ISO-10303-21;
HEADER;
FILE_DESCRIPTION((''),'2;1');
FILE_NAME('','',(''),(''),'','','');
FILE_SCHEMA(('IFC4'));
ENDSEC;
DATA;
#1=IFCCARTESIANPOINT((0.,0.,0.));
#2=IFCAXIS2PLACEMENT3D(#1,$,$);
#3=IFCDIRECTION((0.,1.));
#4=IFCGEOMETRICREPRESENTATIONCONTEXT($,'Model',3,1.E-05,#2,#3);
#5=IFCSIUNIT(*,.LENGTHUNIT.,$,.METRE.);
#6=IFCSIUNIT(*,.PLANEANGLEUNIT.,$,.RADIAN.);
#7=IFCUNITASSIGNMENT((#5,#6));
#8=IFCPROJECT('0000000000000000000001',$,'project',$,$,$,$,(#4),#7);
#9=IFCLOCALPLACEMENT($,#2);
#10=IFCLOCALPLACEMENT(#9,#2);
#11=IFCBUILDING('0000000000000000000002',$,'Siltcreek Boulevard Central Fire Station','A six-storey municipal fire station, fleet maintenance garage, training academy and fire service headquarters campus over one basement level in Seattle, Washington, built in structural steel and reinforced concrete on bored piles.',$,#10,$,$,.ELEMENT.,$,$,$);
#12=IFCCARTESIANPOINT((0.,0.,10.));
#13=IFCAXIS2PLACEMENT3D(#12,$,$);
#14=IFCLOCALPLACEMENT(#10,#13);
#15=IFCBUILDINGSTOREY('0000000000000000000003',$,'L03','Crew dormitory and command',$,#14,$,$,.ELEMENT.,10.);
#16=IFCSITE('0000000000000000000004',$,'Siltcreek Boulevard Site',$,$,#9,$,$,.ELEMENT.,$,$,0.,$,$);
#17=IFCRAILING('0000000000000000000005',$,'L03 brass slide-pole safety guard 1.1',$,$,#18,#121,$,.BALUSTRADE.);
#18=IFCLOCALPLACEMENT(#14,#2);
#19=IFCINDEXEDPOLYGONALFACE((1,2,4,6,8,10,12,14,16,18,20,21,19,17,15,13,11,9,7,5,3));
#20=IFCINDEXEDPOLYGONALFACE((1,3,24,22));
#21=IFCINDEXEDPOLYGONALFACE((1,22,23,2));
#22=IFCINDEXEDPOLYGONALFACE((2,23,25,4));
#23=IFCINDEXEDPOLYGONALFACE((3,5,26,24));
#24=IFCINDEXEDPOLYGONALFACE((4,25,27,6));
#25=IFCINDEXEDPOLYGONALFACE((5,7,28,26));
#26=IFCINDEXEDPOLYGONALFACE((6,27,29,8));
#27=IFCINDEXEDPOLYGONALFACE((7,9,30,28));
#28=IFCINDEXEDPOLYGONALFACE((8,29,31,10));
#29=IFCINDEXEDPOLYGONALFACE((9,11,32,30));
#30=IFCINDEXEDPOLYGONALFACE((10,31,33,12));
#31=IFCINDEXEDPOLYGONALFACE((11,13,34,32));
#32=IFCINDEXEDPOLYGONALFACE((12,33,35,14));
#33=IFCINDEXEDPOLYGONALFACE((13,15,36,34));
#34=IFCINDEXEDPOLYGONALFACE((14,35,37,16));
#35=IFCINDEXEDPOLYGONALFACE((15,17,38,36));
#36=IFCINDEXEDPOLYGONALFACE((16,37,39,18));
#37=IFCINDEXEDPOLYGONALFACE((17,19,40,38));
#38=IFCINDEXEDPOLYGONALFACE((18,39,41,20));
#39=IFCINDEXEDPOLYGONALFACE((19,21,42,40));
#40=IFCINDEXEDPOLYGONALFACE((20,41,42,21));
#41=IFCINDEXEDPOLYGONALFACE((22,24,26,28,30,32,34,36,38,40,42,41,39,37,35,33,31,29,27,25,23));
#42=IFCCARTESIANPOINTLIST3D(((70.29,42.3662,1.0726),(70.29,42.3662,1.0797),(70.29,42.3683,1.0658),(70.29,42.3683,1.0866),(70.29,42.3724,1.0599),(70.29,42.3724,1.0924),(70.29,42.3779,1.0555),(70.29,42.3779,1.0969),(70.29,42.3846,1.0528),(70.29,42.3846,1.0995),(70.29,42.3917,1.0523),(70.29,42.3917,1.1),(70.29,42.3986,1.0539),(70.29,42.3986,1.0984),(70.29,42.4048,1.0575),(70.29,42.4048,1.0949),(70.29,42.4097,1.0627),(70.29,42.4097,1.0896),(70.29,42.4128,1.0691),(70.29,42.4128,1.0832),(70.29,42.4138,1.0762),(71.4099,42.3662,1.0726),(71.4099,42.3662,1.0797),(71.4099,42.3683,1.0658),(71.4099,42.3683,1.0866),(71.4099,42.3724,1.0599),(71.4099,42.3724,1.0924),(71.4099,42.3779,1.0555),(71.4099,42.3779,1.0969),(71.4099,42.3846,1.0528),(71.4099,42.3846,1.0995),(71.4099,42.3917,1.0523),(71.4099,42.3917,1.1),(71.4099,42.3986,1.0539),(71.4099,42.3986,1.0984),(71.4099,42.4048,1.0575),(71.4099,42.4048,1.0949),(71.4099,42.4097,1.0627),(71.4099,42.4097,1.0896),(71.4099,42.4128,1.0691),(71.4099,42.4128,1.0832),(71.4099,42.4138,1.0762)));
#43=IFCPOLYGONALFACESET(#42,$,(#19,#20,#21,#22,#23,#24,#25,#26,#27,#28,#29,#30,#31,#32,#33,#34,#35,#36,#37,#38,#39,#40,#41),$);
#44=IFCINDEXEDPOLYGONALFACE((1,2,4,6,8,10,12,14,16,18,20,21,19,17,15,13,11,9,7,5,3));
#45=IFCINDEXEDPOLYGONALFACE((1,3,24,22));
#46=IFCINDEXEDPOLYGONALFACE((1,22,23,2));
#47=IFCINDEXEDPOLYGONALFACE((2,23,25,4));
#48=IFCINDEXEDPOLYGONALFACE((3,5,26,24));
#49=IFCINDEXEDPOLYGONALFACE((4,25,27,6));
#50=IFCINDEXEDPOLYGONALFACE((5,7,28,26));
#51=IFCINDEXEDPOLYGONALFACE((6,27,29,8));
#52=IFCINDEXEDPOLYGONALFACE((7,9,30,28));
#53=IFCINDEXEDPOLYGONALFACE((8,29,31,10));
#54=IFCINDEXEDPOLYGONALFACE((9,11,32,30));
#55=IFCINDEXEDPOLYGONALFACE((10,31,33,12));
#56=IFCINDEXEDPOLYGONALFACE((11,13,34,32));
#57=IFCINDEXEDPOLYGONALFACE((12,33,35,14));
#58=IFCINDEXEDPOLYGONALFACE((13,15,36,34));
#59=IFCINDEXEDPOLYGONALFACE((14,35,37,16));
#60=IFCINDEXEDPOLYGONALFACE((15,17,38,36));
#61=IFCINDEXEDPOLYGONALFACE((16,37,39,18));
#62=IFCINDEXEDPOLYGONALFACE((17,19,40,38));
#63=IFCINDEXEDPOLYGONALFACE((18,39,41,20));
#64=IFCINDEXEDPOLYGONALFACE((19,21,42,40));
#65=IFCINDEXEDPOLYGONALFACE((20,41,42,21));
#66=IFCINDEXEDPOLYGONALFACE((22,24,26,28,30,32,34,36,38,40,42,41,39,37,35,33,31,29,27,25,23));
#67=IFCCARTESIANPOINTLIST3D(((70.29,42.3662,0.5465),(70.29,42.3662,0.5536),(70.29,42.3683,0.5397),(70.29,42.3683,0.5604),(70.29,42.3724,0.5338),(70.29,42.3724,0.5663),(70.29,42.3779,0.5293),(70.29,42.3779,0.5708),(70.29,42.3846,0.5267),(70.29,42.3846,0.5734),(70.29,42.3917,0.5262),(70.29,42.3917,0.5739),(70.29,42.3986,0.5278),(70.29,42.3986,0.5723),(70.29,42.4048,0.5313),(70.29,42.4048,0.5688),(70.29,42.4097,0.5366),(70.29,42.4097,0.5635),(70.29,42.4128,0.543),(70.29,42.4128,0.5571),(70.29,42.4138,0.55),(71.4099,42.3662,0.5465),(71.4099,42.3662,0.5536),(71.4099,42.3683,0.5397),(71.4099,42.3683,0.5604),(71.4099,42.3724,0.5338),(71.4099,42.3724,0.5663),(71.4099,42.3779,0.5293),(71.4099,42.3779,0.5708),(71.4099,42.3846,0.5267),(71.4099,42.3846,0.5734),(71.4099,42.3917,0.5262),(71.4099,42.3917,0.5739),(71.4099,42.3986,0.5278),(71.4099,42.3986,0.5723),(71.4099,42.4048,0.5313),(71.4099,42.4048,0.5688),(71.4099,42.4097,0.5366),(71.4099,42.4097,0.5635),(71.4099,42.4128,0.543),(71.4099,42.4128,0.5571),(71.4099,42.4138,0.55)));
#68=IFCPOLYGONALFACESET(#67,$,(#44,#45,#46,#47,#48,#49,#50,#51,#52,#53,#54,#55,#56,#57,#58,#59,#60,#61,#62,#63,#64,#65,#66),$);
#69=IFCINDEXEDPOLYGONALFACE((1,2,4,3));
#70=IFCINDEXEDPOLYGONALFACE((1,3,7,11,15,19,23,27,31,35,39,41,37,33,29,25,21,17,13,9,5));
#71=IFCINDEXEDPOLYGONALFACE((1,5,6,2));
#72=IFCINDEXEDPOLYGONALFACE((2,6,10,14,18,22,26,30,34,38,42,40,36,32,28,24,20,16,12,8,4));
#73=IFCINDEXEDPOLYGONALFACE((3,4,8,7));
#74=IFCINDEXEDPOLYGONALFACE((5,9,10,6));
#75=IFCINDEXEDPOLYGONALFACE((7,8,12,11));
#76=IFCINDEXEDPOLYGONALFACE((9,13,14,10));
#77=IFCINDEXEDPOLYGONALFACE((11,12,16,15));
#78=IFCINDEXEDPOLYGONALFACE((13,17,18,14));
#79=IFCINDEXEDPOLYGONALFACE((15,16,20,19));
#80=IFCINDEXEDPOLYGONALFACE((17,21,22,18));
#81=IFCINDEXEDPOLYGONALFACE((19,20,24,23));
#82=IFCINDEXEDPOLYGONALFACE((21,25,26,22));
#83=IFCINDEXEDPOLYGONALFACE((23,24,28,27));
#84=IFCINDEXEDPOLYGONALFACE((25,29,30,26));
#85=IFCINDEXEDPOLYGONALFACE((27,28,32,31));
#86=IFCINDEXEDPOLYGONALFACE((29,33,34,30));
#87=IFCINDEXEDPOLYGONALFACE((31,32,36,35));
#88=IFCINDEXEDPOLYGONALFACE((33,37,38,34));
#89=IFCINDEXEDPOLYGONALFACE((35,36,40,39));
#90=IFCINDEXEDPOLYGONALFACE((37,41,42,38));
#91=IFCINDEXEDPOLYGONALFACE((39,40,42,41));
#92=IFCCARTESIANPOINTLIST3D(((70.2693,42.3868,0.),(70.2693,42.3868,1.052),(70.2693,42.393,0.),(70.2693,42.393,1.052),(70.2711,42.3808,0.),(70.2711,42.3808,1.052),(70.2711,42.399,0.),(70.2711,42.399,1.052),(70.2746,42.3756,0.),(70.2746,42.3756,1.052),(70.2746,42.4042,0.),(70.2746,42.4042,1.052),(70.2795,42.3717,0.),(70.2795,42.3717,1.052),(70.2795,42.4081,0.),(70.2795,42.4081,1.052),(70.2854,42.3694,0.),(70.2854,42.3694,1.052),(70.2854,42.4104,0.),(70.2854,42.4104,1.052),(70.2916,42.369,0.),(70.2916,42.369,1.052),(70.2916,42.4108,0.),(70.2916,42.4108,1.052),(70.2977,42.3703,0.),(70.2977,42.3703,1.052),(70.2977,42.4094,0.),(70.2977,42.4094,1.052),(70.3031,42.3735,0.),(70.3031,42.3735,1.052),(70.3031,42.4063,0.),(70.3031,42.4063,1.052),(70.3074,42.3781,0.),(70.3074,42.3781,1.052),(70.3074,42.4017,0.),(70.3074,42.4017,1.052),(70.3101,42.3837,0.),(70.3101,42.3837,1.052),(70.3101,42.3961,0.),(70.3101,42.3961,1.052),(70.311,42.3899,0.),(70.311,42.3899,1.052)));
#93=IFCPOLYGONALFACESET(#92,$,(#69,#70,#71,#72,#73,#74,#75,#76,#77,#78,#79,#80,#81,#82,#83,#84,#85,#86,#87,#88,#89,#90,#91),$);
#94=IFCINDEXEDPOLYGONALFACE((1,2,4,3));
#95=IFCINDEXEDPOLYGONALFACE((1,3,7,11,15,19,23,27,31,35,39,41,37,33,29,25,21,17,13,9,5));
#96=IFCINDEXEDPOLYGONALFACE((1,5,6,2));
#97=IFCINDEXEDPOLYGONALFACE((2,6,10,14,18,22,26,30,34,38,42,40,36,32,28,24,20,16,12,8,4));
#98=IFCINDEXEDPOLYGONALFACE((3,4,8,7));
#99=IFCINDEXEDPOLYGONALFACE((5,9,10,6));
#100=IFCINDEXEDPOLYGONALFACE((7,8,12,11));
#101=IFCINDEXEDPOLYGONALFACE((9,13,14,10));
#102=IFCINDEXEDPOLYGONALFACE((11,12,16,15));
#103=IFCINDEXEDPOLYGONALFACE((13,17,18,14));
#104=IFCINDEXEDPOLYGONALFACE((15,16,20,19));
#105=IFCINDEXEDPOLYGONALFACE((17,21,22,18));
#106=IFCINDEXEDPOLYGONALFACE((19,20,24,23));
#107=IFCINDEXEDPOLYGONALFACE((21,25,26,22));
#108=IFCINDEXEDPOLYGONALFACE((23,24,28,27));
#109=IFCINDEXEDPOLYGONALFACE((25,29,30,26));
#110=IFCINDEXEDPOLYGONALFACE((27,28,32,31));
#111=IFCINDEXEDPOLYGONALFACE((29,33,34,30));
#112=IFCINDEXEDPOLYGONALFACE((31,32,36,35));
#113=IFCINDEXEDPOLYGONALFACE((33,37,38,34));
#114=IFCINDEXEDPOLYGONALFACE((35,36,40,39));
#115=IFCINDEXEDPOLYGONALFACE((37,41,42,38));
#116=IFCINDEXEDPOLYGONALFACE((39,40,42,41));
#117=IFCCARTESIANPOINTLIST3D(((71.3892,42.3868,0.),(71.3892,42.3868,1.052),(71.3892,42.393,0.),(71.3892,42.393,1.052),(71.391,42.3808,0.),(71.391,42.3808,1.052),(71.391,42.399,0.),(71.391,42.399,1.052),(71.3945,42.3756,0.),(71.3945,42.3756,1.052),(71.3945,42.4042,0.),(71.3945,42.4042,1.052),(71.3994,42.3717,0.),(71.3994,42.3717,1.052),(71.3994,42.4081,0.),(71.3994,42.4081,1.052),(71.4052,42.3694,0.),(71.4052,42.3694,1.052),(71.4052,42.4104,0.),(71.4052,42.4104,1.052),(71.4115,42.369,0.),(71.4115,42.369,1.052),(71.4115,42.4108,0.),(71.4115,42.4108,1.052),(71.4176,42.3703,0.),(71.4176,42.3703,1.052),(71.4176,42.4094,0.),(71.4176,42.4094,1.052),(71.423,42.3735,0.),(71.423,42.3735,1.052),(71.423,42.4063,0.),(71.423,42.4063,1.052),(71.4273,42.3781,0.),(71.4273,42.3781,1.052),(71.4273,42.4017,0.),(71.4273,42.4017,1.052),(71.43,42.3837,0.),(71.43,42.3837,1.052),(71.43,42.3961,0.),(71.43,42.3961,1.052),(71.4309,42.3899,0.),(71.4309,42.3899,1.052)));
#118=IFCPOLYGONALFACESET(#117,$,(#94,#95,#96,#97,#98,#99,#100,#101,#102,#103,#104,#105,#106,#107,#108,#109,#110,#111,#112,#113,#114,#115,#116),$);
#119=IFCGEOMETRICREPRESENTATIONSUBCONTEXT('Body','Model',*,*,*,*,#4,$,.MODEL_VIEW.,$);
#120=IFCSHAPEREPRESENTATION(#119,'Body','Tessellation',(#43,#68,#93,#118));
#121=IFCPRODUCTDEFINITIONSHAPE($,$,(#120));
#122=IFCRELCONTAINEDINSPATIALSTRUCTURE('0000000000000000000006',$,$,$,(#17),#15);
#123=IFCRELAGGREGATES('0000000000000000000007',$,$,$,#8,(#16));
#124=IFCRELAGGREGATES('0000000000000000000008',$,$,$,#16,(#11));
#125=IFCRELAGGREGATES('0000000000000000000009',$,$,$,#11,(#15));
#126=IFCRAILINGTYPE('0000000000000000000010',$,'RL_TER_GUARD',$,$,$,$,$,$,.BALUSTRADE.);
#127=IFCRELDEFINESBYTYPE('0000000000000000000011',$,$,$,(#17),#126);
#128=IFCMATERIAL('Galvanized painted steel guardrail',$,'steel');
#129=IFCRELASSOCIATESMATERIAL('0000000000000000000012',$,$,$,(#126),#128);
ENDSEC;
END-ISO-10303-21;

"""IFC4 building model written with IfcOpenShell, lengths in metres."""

from ifc_helpers import new_model, si_unit, direction, frame, origin, origin_2d, place, context, subcontext, project, spatial, circle, extrude, material, type_object, element, save


model = new_model("IFC4")

# Units and contexts
model_context = context("Model", 3, precision=1e-05, world=origin(), true_north=direction((0.0, 1.0)))
body_context = subcontext(model_context, "Body", "Model", "MODEL_VIEW")
ifc_project = project(units=[si_unit("LENGTHUNIT", "METRE"), si_unit("PLANEANGLEUNIT", "RADIAN")], contexts=[model_context])

# Site, building, storey
site_placement = place(None, origin())
site = spatial("IfcSite", under=ifc_project, at=site_placement, Name="Siltcreek Boulevard Site", CompositionType="ELEMENT", RefElevation=0.0)
building_placement = place(site_placement, origin())
building = spatial("IfcBuilding", under=site, at=building_placement, Name="Siltcreek Boulevard Central Fire Station", Description="A six-storey municipal fire station, fleet maintenance garage, training academy and fire service headquarters campus over one basement level in Seattle, Washington, built in structural steel and reinforced concrete on bored piles.", CompositionType="ELEMENT")
storey_placement = place(building_placement, frame((0.0, 0.0, 10.0)))
storey = spatial("IfcBuildingStorey", under=building, at=storey_placement, Name="L03", Description="Crew dormitory and command", CompositionType="ELEMENT", Elevation=10.0)

# Railing
ifc_material_1 = material(Name="Galvanized painted steel guardrail", Category="steel")
railing_type = type_object("IfcRailingType", Name="RL_TER_GUARD", PredefinedType="BALUSTRADE", material=ifc_material_1)
railing_1_placement = place(storey_placement, frame((70.29, 42.3899, 0.0)))
element("IfcRailing", 1, at=railing_1_placement, inside=storey, type_object=railing_type, Name="L03 brass slide-pole safety guard 1.1", PredefinedType="BALUSTRADE", context=body_context, shape_type="SweptSolid", body=[
    extrude(circle(Radius=0.0239, at=origin_2d()), frame((0.0, 0.0, 1.0762), z_axis=(1.0, 0.0, 0.0), x_axis=(0.0, 1.0, 0.0)), (0.0, 0.0, 1.0), 1.1199),
    extrude(circle(Radius=0.0239, at=origin_2d()), frame((0.0, 0.0, 0.55), z_axis=(1.0, 0.0, 0.0), x_axis=(0.0, 1.0, 0.0)), (0.0, 0.0, 1.0), 1.1199),
    extrude(circle(Radius=0.021, at=origin_2d()), origin(), (0.0, 0.0, 1.0), 1.052),
    extrude(circle(Radius=0.021, at=origin_2d()), frame((1.1199, 0.0, 0.0)), (0.0, 0.0, 1.0), 1.052),
])

save(model, "model.ifc")
